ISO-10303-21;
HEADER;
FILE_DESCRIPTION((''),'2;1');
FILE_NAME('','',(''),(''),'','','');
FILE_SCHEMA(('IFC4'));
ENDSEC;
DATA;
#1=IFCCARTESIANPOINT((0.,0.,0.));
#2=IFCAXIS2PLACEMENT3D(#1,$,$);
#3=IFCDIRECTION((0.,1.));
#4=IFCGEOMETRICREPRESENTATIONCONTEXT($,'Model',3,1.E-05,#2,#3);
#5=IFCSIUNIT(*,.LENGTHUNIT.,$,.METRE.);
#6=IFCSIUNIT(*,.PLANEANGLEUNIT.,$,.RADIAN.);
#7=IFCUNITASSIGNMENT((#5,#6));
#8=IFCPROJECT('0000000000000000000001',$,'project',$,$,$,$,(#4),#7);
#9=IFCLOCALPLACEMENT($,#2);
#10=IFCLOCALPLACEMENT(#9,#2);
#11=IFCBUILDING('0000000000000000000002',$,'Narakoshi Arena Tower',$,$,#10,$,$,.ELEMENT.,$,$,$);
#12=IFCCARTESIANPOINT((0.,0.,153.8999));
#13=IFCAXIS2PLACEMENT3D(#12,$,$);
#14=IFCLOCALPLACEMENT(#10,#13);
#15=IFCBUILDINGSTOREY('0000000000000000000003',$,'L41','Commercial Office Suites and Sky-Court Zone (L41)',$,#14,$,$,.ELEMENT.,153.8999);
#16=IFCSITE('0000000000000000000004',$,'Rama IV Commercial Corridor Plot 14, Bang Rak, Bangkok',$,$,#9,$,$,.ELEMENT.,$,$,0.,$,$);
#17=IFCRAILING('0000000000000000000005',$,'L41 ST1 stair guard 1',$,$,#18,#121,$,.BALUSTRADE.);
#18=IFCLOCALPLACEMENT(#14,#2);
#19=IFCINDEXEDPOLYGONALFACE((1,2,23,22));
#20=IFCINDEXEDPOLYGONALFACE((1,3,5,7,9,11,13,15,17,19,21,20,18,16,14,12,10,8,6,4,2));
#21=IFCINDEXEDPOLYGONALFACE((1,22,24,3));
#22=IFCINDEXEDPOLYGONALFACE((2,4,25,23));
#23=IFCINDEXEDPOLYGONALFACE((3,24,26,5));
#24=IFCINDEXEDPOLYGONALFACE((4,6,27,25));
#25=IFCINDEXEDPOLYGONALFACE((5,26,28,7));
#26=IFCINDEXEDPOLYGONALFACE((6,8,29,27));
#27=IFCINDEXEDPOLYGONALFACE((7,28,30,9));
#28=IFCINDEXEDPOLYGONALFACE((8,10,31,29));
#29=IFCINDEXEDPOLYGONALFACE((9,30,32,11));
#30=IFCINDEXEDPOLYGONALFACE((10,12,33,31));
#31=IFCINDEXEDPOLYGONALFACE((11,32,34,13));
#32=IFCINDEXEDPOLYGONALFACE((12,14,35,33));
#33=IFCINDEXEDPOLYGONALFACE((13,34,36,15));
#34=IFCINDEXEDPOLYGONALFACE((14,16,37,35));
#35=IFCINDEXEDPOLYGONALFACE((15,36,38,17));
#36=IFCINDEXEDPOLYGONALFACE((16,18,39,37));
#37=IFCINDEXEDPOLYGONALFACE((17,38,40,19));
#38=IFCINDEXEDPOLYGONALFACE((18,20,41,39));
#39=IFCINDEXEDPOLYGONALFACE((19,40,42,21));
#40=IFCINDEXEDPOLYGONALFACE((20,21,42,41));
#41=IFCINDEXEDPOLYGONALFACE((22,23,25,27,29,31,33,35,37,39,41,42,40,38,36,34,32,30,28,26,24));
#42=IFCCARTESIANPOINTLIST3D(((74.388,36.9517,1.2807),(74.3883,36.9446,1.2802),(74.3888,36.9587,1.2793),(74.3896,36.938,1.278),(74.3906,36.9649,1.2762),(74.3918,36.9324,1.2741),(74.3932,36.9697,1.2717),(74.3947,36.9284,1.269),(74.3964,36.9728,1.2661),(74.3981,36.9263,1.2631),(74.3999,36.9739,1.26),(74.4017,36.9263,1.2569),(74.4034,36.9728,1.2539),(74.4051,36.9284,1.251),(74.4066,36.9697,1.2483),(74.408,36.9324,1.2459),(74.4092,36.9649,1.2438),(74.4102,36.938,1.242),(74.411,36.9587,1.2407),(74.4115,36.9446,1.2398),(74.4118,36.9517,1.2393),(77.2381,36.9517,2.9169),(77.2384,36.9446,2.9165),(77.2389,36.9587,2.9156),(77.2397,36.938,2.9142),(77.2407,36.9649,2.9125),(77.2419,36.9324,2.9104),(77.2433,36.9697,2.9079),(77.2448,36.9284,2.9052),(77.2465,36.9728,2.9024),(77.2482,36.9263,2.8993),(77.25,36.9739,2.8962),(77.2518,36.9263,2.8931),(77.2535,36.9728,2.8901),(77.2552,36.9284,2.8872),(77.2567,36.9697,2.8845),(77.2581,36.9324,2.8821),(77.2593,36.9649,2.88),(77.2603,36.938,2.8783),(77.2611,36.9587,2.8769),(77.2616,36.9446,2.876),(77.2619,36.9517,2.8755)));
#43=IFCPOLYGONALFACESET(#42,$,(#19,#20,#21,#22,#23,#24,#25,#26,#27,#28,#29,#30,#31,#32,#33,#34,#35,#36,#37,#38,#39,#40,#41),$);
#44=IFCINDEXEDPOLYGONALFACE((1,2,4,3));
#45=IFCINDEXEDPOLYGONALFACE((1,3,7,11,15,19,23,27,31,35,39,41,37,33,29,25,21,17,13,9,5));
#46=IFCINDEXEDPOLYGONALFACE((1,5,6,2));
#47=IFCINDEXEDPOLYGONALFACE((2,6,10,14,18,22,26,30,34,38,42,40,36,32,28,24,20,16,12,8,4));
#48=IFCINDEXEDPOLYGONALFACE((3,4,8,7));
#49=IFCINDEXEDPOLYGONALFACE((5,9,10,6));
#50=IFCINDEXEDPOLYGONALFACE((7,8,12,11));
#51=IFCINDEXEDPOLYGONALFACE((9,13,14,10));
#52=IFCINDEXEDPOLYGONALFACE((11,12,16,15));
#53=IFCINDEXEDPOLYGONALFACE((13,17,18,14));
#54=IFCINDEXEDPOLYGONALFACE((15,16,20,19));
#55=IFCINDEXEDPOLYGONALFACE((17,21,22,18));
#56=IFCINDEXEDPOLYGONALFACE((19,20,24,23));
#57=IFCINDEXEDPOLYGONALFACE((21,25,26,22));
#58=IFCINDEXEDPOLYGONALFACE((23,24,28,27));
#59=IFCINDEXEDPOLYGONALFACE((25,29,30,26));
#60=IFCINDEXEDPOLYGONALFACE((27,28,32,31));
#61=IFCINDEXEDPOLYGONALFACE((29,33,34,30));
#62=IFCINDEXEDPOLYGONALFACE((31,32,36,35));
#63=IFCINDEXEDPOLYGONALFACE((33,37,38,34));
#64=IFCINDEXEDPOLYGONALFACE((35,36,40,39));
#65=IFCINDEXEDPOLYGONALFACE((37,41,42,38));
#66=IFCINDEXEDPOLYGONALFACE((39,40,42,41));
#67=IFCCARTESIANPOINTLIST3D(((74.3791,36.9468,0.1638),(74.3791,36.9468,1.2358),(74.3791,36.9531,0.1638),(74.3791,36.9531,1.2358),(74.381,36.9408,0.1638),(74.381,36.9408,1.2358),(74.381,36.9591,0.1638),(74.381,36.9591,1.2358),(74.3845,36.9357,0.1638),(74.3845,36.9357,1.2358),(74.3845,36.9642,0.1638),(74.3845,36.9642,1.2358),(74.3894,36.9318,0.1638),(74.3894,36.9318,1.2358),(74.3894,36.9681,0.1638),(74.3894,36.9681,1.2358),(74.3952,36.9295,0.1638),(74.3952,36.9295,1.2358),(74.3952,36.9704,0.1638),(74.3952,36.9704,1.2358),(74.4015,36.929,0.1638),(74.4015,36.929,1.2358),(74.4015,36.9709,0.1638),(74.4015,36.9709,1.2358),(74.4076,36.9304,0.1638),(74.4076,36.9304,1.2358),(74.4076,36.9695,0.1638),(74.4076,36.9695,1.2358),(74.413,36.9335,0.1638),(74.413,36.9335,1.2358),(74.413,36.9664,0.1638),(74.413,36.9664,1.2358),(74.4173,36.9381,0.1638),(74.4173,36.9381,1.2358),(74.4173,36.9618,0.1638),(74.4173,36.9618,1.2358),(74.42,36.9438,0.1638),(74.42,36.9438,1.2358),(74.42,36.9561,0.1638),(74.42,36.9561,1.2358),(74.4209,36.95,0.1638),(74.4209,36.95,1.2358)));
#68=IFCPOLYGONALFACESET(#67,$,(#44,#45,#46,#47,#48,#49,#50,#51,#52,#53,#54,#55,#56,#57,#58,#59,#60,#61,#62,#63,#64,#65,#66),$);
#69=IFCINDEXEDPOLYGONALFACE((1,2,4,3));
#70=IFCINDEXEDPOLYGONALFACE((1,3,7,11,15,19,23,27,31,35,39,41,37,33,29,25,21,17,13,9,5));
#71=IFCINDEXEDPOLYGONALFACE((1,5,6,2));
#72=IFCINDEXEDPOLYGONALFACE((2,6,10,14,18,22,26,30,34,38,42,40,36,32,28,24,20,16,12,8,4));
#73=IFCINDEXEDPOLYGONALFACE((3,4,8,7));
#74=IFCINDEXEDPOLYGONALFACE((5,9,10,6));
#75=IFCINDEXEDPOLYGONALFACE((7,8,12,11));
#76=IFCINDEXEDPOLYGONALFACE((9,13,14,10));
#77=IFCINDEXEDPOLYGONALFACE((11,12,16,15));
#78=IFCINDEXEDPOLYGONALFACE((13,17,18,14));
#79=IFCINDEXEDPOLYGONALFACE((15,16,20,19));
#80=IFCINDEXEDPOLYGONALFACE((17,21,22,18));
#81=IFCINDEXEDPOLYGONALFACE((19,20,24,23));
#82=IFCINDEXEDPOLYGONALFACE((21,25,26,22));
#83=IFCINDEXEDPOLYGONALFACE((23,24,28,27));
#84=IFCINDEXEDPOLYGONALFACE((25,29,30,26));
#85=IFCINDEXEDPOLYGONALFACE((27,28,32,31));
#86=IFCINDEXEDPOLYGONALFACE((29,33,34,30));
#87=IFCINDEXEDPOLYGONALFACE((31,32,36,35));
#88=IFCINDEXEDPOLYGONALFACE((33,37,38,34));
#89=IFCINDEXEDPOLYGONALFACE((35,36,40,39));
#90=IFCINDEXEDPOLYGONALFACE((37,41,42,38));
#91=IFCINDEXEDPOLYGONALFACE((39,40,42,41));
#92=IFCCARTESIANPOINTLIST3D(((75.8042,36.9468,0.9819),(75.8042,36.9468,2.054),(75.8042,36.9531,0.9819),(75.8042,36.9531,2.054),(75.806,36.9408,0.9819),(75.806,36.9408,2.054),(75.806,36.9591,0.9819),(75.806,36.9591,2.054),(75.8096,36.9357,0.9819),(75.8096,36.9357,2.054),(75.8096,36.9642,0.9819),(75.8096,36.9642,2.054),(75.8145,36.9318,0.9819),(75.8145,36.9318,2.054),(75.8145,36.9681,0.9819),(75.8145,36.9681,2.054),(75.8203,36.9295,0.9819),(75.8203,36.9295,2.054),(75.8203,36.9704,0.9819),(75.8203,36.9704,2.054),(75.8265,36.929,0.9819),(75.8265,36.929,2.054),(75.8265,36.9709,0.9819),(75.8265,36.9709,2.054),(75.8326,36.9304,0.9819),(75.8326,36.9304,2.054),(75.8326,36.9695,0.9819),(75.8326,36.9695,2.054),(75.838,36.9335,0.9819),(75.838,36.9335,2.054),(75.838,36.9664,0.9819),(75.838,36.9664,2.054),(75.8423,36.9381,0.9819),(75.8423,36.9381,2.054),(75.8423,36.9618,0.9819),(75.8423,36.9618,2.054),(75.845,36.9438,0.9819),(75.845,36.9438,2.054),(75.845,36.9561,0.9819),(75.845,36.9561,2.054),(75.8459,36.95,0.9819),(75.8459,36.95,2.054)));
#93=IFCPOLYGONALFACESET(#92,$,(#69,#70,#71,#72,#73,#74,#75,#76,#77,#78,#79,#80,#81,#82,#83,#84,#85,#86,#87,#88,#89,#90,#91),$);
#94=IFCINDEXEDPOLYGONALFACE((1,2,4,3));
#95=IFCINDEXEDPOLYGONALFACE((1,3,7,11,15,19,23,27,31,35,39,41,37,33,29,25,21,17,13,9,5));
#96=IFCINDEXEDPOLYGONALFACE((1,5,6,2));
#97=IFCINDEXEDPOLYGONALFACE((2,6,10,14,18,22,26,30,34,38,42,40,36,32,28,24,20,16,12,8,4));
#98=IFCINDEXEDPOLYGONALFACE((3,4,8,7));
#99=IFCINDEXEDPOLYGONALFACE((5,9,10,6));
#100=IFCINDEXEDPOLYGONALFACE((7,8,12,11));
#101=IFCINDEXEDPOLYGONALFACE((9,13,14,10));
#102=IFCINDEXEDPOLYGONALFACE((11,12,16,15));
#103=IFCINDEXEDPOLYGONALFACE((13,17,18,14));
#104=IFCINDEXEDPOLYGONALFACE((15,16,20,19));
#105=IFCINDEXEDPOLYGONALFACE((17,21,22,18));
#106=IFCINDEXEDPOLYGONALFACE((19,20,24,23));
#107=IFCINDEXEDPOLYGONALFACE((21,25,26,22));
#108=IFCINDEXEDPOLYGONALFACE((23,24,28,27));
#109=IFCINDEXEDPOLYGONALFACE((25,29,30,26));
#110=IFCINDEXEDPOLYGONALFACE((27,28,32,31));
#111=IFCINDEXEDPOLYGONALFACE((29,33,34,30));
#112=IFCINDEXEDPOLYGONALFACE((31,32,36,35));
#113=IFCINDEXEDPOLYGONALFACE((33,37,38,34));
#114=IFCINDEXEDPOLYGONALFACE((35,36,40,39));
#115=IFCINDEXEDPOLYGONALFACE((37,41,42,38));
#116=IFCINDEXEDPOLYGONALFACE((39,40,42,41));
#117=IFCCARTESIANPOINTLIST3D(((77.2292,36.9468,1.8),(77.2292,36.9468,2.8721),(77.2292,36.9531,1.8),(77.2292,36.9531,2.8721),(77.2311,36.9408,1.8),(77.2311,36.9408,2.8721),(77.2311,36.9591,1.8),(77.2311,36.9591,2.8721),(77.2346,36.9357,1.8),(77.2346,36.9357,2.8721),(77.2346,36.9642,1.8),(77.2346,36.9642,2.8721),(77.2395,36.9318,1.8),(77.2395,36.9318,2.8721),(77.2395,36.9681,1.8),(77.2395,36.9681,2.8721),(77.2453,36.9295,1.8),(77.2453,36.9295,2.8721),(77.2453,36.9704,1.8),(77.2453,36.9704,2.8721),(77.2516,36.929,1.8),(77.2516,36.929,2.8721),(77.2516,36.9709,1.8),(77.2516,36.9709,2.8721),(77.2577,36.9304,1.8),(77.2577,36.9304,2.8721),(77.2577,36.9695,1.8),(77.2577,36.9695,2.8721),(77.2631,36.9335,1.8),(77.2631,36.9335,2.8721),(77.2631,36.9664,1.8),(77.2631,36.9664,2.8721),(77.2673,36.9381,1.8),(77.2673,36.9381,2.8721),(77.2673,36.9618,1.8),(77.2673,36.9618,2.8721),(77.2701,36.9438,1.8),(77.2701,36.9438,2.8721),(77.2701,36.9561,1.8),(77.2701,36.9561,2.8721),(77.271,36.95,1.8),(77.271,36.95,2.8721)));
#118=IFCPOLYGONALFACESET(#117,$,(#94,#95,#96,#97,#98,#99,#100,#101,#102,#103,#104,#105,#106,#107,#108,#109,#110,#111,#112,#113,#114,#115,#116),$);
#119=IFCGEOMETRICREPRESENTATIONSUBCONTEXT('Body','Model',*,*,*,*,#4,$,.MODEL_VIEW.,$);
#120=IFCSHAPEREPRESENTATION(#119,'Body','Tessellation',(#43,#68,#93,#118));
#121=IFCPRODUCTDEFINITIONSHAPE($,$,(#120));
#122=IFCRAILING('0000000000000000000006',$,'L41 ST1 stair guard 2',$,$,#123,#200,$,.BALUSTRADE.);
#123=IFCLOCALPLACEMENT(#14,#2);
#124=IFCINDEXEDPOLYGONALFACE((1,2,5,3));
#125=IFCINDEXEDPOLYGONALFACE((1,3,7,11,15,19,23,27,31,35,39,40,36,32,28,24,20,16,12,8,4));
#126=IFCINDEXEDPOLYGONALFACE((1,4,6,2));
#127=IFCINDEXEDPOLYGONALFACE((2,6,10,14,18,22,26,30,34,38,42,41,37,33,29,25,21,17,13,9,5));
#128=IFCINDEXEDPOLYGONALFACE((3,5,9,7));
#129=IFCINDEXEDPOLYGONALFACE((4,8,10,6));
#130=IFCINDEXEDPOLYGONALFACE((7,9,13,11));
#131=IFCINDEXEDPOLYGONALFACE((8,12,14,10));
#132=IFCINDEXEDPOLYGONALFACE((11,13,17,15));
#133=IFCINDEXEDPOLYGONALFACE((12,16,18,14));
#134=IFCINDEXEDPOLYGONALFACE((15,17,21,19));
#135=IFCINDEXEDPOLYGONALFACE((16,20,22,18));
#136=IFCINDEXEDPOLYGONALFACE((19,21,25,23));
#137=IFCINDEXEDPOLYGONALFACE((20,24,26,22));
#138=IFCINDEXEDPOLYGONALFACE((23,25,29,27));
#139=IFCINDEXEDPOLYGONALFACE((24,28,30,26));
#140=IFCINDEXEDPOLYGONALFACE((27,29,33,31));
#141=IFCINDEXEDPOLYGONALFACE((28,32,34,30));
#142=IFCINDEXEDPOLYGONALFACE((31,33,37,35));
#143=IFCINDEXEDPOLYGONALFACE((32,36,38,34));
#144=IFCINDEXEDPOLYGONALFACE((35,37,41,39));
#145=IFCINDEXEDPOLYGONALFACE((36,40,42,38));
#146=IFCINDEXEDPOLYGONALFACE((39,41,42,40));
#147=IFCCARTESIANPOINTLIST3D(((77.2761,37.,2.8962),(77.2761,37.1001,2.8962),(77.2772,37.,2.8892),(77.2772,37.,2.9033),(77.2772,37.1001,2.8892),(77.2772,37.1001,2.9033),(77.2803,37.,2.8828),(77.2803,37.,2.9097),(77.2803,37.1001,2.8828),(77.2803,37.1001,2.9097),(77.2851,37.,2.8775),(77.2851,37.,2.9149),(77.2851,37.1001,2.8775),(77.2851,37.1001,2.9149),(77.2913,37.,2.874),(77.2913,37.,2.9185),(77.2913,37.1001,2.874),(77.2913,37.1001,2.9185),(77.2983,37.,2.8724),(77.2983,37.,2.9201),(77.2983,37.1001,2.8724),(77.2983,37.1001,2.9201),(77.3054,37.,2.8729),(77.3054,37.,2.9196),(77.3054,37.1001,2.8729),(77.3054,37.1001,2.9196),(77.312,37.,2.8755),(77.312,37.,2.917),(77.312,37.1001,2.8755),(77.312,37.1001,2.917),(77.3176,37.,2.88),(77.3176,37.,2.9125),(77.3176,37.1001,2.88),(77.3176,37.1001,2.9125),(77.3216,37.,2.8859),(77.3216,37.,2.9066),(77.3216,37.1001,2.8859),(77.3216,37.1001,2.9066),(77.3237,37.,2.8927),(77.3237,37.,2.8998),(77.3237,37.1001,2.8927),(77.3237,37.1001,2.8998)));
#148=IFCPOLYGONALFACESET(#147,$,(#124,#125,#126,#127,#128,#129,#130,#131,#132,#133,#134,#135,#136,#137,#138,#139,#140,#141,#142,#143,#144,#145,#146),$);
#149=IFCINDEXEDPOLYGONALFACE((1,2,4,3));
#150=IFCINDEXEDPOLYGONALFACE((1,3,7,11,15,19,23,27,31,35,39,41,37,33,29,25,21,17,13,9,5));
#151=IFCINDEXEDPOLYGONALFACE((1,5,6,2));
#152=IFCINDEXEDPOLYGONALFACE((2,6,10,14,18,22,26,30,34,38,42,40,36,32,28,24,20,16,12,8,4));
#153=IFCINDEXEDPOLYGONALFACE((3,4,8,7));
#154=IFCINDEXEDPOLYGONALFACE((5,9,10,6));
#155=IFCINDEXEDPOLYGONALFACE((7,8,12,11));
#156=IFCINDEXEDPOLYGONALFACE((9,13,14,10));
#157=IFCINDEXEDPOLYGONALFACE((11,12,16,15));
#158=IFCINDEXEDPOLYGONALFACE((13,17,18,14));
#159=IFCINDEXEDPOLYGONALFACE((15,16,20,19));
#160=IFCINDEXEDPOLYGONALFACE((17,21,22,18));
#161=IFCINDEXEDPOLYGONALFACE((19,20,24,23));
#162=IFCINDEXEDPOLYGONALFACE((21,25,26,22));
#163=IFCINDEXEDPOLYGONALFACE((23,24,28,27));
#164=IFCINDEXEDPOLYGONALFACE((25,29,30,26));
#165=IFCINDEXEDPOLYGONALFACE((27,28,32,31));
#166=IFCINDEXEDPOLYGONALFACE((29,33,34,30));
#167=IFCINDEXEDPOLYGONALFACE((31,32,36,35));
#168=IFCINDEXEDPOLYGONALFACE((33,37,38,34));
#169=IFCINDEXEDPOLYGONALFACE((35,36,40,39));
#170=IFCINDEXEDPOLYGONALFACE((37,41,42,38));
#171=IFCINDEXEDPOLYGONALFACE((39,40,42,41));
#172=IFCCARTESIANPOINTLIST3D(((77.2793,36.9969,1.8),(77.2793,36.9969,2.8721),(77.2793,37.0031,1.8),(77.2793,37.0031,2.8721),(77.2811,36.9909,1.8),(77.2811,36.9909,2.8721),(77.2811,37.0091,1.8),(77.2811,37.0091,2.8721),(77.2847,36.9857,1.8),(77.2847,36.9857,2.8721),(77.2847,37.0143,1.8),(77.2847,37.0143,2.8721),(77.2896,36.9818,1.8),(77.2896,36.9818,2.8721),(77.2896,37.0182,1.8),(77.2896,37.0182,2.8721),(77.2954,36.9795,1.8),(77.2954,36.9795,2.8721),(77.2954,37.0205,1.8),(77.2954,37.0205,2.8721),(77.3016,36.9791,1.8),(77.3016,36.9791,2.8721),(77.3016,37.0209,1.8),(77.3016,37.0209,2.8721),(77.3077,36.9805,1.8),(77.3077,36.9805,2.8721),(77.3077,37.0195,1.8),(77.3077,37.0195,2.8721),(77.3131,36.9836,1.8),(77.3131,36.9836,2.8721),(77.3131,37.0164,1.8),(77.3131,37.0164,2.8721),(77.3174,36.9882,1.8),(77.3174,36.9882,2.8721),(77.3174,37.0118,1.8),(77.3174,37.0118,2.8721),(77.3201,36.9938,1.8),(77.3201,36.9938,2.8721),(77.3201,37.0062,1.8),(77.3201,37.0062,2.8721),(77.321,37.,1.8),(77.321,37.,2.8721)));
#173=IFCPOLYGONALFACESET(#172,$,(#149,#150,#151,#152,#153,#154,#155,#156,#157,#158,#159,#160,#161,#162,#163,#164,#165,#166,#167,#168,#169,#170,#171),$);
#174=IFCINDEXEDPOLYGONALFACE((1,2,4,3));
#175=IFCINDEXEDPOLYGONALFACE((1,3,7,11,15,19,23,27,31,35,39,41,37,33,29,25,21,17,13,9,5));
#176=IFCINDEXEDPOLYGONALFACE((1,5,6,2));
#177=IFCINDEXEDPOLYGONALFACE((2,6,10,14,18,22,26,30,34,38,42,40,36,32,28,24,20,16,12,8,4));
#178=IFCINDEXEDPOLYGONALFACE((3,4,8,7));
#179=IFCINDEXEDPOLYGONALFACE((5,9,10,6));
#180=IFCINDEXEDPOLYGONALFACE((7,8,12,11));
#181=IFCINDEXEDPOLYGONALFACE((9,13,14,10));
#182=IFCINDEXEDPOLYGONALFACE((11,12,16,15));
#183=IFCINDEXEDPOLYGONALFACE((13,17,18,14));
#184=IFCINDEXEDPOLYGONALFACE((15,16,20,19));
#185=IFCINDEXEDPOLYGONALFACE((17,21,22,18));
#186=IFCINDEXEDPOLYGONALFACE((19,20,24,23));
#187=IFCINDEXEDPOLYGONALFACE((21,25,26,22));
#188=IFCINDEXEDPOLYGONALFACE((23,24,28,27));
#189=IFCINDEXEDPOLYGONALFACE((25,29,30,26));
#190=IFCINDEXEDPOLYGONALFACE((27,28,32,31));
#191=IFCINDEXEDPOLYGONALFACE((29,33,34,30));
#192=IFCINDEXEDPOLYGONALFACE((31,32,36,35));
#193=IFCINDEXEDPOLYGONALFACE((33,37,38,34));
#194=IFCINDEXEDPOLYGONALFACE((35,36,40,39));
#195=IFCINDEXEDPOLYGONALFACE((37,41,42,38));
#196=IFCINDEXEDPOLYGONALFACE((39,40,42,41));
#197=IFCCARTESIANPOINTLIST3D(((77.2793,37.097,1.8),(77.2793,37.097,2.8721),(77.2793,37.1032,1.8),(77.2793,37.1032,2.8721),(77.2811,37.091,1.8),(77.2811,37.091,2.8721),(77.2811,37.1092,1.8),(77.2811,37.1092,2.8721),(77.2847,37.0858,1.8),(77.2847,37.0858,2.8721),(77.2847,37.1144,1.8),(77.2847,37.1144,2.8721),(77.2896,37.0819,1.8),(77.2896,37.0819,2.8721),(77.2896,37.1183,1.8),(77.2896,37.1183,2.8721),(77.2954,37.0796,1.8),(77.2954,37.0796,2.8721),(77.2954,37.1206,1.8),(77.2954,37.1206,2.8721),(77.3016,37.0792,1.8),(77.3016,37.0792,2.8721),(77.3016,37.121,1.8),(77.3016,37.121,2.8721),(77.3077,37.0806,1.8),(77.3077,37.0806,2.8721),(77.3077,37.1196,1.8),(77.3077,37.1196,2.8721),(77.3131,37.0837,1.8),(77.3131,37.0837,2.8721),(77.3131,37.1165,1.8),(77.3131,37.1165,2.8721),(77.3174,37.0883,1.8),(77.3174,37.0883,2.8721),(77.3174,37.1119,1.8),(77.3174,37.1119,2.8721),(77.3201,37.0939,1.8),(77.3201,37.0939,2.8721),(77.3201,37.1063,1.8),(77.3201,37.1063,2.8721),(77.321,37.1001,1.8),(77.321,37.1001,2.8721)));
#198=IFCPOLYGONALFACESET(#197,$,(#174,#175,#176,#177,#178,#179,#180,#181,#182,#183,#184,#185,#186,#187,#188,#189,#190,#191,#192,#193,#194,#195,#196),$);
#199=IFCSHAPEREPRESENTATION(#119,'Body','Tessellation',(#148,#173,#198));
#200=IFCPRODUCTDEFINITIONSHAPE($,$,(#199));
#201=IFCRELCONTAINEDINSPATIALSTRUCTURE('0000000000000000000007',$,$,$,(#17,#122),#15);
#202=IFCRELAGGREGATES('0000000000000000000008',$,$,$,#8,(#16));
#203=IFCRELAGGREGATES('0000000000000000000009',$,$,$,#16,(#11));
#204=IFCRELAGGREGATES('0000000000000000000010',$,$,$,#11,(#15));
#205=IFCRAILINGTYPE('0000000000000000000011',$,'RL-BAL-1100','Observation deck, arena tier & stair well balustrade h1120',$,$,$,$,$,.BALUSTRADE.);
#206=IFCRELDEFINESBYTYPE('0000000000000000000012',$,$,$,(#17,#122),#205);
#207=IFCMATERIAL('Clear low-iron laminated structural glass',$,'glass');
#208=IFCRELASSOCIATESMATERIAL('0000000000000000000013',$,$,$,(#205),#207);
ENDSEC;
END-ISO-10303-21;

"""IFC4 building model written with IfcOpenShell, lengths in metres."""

from ifc_helpers import new_model, si_unit, direction, frame, origin, origin_2d, place, context, subcontext, project, spatial, circle, extrude, material, type_object, element, save


model = new_model("IFC4")

# Units and contexts
model_context = context("Model", 3, precision=1e-05, world=origin(), true_north=direction((0.0, 1.0)))
body_context = subcontext(model_context, "Body", "Model", "MODEL_VIEW")
ifc_project = project(units=[si_unit("LENGTHUNIT", "METRE"), si_unit("PLANEANGLEUNIT", "RADIAN")], contexts=[model_context])

# Site, building, storey
site_placement = place(None, origin())
site = spatial("IfcSite", under=ifc_project, at=site_placement, Name="Rama IV Commercial Corridor Plot 14, Bang Rak, Bangkok", CompositionType="ELEMENT", RefElevation=0.0)
building_placement = place(site_placement, origin())
building = spatial("IfcBuilding", under=site, at=building_placement, Name="Narakoshi Arena Tower", CompositionType="ELEMENT")
storey_placement = place(building_placement, frame((0.0, 0.0, 153.8999)))
storey = spatial("IfcBuildingStorey", under=building, at=storey_placement, Name="L41", Description="Commercial Office Suites and Sky-Court Zone (L41)", CompositionType="ELEMENT", Elevation=153.8999)

# Railings
ifc_material_1 = material(Name="Clear low-iron laminated structural glass", Category="glass")
railing_type_1 = type_object("IfcRailingType", Name="RL-BAL-1100", Description="Observation deck, arena tier & stair well balustrade h1120", PredefinedType="BALUSTRADE", material=ifc_material_1)
railing_1_placement = place(storey_placement, frame((74.3999, 36.95, 0.1638)))
element("IfcRailing", 1, at=railing_1_placement, inside=storey, type_object=railing_type_1, Name="L41 ST1 stair guard 1", PredefinedType="BALUSTRADE", context=body_context, shape_type="SweptSolid", body=[
    extrude(circle(Radius=0.0239, at=origin_2d()), frame((0.0, 0.0, 1.0962), z_axis=(0.867245, 0.0, 0.497882), x_axis=(0.0, 1.0, 0.0)), (0.0, 0.0, 1.0), 3.2864),
    extrude(circle(Radius=0.021, at=origin_2d()), origin(), (0.0, 0.0, 1.0), 1.072),
    extrude(circle(Radius=0.021, at=origin_2d()), frame((1.425, 0.0, 0.8181)), (0.0, 0.0, 1.0), 1.072),
    extrude(circle(Radius=0.021, at=origin_2d()), frame((2.8501, 0.0, 1.6362)), (0.0, 0.0, 1.0), 1.072),
])
railing_2_placement = place(storey_placement, frame((77.3, 37.0, 1.8)))
element("IfcRailing", 2, at=railing_2_placement, inside=storey, type_object=railing_type_1, Name="L41 ST1 stair guard 2", PredefinedType="BALUSTRADE", context=body_context, shape_type="SweptSolid", body=[
    extrude(circle(Radius=0.0239, at=origin_2d()), frame((0.0, 0.0, 1.0962), z_axis=(0.0, 1.0, 0.0), x_axis=(-1.0, 0.0, 0.0)), (0.0, 0.0, 1.0), 0.1001),
    extrude(circle(Radius=0.021, at=origin_2d()), origin(), (0.0, 0.0, 1.0), 1.072),
    extrude(circle(Radius=0.021, at=origin_2d()), frame((0.0, 0.1001, 0.0)), (0.0, 0.0, 1.0), 1.072),
])

save(model, "model.ifc")
